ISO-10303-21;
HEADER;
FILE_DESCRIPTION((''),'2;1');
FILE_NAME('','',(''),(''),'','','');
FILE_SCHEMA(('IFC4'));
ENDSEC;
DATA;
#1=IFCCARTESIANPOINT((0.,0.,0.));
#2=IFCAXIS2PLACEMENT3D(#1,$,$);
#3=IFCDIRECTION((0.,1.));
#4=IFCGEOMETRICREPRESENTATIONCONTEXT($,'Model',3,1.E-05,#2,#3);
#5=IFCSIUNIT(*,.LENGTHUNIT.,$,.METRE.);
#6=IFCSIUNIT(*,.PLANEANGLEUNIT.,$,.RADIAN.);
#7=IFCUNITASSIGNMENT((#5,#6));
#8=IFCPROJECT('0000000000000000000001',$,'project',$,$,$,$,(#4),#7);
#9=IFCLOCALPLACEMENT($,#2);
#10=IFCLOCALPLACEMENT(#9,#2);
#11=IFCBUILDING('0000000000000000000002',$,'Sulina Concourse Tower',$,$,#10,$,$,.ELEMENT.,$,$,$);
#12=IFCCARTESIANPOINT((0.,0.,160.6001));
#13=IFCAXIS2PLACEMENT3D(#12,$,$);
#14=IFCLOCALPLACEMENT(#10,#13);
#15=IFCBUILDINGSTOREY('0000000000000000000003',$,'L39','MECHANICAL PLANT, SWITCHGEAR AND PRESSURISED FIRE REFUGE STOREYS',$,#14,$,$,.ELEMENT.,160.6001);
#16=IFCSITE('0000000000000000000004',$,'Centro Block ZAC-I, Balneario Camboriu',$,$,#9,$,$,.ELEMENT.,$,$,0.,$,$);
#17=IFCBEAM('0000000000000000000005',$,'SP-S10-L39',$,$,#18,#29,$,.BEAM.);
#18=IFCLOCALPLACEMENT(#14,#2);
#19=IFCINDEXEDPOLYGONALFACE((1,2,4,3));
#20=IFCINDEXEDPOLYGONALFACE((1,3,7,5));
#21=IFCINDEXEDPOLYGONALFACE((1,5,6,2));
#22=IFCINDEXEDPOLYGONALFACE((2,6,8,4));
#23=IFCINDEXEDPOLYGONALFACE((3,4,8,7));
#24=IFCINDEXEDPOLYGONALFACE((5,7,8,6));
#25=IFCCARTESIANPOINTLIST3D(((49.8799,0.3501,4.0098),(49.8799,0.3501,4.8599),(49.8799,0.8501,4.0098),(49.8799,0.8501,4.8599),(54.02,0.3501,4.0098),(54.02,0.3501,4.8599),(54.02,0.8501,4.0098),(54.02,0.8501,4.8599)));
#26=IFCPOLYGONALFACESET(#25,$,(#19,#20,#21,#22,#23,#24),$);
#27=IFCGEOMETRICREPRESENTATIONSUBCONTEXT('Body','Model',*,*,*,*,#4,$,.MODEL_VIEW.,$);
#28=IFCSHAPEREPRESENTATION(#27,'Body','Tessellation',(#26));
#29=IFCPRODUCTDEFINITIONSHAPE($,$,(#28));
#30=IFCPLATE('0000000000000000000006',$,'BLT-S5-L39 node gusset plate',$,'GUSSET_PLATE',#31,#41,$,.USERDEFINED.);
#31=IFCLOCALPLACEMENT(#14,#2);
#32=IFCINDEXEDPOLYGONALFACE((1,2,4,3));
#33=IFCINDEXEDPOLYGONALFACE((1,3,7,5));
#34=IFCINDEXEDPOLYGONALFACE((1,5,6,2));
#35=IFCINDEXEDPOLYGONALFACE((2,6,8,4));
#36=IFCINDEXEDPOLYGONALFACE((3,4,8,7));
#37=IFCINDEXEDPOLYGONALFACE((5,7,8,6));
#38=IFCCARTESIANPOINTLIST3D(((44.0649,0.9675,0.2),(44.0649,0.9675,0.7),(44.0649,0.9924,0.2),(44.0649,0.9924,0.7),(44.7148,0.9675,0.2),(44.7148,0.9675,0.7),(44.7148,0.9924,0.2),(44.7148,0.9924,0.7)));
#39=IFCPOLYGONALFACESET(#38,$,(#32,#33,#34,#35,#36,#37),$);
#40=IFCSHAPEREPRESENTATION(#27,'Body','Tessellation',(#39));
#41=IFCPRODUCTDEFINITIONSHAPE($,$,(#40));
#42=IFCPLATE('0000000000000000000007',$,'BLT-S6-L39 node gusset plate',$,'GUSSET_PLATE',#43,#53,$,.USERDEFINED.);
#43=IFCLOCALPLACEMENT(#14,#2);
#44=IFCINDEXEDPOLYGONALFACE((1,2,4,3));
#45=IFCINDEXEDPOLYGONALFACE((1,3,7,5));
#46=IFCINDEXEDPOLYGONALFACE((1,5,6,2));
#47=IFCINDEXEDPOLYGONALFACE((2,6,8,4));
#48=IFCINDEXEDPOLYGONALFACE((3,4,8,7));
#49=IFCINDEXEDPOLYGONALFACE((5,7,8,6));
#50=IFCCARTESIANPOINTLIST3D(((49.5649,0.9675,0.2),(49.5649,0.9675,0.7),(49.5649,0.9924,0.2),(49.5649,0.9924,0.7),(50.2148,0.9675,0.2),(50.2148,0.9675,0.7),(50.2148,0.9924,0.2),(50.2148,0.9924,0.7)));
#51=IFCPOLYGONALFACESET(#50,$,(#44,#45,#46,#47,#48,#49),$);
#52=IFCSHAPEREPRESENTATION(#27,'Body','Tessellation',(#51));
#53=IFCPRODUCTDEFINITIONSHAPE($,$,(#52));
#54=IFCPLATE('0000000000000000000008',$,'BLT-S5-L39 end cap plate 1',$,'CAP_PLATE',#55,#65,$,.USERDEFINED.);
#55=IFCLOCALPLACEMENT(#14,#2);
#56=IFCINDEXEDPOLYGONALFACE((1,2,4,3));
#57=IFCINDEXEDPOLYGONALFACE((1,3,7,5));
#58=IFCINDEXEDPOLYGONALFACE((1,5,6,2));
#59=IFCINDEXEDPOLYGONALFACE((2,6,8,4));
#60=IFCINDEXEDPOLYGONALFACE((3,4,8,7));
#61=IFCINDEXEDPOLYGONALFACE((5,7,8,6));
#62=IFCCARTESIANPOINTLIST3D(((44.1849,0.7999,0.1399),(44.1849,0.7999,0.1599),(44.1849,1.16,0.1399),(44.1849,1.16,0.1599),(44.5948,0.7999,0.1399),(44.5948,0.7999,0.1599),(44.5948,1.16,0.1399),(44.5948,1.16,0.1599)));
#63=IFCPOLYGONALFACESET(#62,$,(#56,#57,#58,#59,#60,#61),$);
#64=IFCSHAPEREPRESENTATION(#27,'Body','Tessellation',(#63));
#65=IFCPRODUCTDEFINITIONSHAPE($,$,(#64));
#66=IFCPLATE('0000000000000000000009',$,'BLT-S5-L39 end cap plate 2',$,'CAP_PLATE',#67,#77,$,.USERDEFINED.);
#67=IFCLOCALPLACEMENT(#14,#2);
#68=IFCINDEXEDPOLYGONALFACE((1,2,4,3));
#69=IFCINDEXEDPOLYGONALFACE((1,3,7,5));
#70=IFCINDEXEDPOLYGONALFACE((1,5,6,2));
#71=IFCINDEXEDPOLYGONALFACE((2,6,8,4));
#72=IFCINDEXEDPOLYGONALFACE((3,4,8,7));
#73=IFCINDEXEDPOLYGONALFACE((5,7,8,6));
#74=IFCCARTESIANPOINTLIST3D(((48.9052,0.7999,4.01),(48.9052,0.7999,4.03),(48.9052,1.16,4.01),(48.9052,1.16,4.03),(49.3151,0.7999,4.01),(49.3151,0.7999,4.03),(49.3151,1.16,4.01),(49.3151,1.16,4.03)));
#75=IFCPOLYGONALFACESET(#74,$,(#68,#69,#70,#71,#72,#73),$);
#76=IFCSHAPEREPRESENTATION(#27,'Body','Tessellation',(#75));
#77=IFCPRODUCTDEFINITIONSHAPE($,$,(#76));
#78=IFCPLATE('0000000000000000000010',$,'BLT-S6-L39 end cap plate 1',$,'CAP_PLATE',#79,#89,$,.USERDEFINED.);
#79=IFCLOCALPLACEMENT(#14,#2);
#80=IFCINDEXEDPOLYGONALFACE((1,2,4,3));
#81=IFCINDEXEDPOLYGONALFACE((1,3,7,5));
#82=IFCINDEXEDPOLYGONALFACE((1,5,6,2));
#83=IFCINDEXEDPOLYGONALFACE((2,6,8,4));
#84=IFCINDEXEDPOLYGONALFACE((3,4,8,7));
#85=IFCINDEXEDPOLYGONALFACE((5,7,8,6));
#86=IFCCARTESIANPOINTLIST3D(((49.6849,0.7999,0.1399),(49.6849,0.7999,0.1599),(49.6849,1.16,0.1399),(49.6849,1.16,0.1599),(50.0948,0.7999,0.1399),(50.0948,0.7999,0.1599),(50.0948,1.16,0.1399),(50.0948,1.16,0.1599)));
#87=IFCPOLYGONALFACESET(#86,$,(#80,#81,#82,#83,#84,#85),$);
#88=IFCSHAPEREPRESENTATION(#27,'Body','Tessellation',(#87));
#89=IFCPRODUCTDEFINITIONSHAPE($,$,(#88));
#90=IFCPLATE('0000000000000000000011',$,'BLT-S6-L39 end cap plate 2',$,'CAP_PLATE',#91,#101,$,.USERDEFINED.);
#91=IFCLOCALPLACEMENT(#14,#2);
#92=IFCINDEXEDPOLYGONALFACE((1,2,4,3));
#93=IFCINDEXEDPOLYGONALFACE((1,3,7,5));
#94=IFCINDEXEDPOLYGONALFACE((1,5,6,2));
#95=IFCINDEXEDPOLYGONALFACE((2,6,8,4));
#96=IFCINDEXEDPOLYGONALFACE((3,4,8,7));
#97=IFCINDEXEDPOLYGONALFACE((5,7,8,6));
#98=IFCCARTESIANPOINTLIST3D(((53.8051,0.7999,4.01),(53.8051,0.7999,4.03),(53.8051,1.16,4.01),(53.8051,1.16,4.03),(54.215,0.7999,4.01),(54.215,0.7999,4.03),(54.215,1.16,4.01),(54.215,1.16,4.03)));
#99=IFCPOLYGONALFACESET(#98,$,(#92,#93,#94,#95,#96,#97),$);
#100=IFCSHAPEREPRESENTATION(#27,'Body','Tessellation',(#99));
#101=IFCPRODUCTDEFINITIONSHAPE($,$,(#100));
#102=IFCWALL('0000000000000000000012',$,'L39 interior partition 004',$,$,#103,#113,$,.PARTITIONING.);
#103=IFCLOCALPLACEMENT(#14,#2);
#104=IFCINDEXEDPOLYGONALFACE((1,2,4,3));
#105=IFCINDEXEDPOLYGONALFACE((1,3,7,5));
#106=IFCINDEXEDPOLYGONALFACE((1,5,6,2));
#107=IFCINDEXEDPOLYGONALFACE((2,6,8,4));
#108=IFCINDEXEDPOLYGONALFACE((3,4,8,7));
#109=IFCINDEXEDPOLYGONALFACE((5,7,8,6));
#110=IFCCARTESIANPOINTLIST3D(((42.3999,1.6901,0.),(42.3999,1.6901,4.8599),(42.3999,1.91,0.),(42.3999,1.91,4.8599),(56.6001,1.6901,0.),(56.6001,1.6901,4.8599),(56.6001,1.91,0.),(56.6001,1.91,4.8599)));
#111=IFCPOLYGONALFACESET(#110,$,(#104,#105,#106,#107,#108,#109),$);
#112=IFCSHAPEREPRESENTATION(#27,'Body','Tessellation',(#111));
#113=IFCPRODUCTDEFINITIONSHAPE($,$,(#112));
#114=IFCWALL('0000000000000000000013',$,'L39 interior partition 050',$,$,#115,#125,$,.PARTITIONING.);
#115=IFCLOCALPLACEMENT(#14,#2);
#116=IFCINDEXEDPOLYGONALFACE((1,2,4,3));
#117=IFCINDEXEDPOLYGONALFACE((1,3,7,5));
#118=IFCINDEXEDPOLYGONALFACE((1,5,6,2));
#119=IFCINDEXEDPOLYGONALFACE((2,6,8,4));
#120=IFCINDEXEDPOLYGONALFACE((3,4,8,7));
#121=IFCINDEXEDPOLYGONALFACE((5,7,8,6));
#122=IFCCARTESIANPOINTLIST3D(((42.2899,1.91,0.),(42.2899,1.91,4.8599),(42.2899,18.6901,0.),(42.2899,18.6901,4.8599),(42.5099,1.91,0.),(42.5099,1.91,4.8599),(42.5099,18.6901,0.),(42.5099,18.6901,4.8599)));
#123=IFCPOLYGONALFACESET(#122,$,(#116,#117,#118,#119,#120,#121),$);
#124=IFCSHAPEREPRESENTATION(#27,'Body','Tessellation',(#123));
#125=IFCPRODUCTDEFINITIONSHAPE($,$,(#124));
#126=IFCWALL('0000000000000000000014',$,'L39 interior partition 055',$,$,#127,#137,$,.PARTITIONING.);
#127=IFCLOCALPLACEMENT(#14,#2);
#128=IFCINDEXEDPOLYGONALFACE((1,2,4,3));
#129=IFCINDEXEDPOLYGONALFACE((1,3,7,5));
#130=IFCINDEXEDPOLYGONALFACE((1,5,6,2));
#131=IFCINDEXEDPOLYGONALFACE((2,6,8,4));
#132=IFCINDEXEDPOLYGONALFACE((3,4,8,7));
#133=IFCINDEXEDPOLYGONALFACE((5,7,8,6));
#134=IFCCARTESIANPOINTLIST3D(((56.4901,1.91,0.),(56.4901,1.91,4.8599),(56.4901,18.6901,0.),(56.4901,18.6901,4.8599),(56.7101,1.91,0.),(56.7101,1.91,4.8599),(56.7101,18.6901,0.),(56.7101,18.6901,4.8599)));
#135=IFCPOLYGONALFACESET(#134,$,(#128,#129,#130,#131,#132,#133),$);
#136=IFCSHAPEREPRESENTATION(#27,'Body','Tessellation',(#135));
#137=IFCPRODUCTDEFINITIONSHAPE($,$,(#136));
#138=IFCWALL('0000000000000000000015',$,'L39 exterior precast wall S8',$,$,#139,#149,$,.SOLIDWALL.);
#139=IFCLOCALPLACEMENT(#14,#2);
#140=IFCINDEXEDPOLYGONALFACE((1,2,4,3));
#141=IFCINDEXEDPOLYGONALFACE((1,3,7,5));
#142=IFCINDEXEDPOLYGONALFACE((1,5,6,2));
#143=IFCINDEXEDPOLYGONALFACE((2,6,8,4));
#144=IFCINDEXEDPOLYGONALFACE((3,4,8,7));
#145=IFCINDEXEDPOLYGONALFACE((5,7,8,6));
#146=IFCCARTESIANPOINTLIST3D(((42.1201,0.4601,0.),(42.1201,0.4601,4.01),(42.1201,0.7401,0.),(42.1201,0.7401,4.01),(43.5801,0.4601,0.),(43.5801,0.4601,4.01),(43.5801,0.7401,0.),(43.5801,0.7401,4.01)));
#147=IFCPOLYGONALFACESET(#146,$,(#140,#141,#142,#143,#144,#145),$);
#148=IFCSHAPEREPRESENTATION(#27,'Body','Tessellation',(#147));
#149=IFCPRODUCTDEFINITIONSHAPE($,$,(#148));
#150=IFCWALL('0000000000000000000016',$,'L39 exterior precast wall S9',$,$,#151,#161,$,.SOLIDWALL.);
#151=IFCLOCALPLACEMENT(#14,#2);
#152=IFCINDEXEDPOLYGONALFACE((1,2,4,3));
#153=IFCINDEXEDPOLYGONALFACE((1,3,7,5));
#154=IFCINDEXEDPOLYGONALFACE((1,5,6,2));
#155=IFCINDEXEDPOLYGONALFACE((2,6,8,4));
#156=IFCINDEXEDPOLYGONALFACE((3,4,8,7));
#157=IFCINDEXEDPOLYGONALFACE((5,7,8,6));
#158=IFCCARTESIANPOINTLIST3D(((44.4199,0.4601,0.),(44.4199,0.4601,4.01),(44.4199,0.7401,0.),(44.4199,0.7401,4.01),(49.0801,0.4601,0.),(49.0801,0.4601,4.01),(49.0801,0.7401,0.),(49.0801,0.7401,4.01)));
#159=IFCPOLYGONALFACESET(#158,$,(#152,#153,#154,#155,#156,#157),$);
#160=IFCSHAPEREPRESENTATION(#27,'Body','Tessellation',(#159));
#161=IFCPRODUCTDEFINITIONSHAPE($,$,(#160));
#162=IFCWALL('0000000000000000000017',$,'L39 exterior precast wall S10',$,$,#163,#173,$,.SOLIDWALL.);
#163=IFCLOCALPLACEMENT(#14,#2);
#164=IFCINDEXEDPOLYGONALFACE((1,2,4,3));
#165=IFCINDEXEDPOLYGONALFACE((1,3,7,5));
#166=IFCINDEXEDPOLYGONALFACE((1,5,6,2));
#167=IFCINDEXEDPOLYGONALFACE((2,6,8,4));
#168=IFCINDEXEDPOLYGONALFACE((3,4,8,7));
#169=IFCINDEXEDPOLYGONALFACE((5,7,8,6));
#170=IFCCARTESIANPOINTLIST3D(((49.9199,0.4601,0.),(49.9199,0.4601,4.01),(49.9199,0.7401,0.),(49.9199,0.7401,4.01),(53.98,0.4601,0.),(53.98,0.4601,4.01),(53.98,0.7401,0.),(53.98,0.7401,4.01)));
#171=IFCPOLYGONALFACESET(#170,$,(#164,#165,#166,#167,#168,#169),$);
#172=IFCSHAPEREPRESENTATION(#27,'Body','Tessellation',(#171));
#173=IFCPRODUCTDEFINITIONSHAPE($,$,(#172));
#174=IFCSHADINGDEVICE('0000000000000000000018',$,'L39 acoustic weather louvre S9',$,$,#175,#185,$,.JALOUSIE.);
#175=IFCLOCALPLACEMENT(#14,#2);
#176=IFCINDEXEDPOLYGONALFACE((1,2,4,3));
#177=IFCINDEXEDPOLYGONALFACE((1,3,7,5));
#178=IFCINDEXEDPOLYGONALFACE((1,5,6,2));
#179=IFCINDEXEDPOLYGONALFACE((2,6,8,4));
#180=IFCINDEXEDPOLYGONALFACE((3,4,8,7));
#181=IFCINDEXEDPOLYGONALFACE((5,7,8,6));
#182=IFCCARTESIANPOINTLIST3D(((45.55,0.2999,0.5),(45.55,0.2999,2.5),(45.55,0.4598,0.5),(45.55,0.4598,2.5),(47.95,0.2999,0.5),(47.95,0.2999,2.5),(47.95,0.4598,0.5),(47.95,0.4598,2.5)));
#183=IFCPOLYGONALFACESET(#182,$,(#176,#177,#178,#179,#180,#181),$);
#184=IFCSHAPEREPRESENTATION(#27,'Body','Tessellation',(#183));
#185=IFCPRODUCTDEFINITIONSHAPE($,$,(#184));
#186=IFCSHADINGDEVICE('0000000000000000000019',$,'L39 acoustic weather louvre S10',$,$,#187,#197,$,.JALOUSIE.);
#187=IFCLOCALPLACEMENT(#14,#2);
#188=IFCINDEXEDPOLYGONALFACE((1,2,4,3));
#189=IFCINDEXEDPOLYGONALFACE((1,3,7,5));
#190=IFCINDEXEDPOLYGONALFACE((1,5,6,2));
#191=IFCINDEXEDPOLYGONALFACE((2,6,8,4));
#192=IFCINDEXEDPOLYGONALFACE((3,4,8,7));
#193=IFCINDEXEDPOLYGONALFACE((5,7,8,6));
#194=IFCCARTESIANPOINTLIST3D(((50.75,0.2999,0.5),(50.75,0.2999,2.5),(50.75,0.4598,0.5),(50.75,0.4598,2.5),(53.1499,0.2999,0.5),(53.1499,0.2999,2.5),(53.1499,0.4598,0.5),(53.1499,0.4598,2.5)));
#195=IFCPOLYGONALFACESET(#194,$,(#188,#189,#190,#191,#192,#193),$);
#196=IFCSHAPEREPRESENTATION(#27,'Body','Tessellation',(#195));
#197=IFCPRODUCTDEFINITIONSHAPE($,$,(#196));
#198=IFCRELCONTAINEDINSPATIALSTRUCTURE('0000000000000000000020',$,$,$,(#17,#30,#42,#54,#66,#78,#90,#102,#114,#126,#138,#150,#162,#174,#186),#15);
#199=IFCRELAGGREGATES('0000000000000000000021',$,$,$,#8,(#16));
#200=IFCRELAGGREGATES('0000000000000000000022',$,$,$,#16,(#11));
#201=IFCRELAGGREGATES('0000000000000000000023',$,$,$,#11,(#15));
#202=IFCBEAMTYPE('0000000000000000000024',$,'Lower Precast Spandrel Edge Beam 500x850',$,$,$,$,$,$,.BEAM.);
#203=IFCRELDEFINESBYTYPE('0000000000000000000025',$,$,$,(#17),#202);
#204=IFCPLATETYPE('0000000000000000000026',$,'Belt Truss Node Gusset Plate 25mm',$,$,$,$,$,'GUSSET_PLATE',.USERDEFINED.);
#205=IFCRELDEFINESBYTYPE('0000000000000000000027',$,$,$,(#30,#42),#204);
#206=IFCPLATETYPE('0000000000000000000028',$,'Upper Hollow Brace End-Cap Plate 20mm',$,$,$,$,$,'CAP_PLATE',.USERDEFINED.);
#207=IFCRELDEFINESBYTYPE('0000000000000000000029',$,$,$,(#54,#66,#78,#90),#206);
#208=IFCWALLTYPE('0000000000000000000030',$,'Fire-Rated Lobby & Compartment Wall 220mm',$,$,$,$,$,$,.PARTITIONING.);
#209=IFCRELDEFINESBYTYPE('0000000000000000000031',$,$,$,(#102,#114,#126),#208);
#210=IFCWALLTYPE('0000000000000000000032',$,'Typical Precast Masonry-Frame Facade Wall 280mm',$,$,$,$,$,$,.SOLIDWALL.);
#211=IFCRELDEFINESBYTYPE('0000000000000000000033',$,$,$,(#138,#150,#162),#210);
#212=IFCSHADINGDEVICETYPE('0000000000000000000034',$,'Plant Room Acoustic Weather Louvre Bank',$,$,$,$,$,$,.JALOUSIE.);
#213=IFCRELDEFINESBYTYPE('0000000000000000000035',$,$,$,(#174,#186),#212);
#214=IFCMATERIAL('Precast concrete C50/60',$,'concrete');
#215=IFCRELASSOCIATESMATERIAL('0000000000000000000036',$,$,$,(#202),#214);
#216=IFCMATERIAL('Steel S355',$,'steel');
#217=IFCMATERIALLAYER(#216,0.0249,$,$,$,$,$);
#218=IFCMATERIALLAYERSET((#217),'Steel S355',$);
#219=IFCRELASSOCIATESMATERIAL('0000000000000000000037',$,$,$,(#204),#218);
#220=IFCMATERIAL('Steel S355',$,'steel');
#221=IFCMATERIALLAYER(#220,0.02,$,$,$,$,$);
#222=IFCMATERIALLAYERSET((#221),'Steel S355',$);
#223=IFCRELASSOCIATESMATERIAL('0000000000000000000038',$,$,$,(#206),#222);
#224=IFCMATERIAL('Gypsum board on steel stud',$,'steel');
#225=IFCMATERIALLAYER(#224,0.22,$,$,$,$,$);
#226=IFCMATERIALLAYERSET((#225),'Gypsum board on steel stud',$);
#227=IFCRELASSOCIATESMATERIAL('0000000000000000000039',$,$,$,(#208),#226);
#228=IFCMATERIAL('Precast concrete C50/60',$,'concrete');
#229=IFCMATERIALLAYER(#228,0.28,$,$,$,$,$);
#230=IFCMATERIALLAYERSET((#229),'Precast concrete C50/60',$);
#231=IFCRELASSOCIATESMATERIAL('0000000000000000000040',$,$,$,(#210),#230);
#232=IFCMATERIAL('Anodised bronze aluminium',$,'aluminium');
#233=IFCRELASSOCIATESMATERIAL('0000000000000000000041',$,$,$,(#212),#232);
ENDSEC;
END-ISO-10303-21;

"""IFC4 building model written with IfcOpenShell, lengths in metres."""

from ifc_helpers import new_model, si_unit, direction, frame, frame_2d, origin, origin_2d, place, context, subcontext, project, spatial, rectangle, extrude, material, layer, layer_set, material_profile, profile_set, type_object, element, save


model = new_model("IFC4")

# Units and contexts
model_context = context("Model", 3, precision=1e-05, world=origin(), true_north=direction((0.0, 1.0)))
body_context = subcontext(model_context, "Body", "Model", "MODEL_VIEW")
ifc_project = project(units=[si_unit("LENGTHUNIT", "METRE"), si_unit("PLANEANGLEUNIT", "RADIAN")], contexts=[model_context])

# Site, building, storey
site_placement = place(None, origin())
site = spatial("IfcSite", under=ifc_project, at=site_placement, Name="Centro Block ZAC-I, Balneario Camboriu", CompositionType="ELEMENT", RefElevation=0.0)
building_placement = place(site_placement, origin())
building = spatial("IfcBuilding", under=site, at=building_placement, Name="Sulina Concourse Tower", CompositionType="ELEMENT")
storey_placement = place(building_placement, frame((0.0, 0.0, 160.6001)))
storey = spatial("IfcBuildingStorey", under=building, at=storey_placement, Name="L39", Description="MECHANICAL PLANT, SWITCHGEAR AND PRESSURISED FIRE REFUGE STOREYS", CompositionType="ELEMENT", Elevation=160.6001)

# Beam
ifc_material_1 = material(Name="Precast concrete C50/60", Category="concrete")
ifc_material_profile_1 = material_profile(ifc_material_1, rectangle(XDim=0.5, YDim=0.8501, at=origin_2d()), Name="RC 500x850")
ifc_profile_set_1 = profile_set([ifc_material_profile_1], Name="Precast concrete C50/60")
beam_type_1 = type_object("IfcBeamType", Name="Lower Precast Spandrel Edge Beam 500x850", PredefinedType="BEAM", material=ifc_profile_set_1)
beam_1_placement = place(storey_placement, frame((49.8799, 0.6001, 4.4348), z_axis=(1.0, 0.0, 0.0), x_axis=(0.0, 1.0, 0.0)))
element("IfcBeam", 1, at=beam_1_placement, inside=storey, type_object=beam_type_1, Name="SP-S10-L39", PredefinedType="BEAM", context=body_context, shape_type="SweptSolid", body=[
    extrude(rectangle(XDim=0.5, YDim=0.8501, at=origin_2d()), origin(), (0.0, 0.0, 1.0), 4.1401),
])

# Plates
ifc_material_2 = material(Name="Steel S355", Category="steel")
ifc_layer_1 = layer(ifc_material_2, 0.0249)
ifc_layer_set_1 = layer_set([ifc_layer_1], Name="Steel S355")
plate_type_1 = type_object("IfcPlateType", Name="Belt Truss Node Gusset Plate 25mm", ElementType="GUSSET_PLATE", PredefinedType="USERDEFINED", material=ifc_layer_set_1)
for number, where, z_axis, x_axis, name in (
    (2, (44.3899, 0.98, 0.2), (0.0, 0.0, 1.0), (1.0, 0.0, 0.0), "BLT-S5-L39 node gusset plate"),
    (3, (49.8899, 0.98, 0.2), (0.0, 0.0, 1.0), (1.0, 0.0, 0.0), "BLT-S6-L39 node gusset plate"),
):
    element("IfcPlate", number, at=place(storey_placement, frame(where, z_axis=z_axis, x_axis=x_axis)), inside=storey, type_object=plate_type_1, Name=name, ObjectType="GUSSET_PLATE", PredefinedType="USERDEFINED", context=body_context, shape_type="SweptSolid", body=[
        extrude(rectangle(XDim=0.6499, YDim=0.0249, at=origin_2d()), origin(), (0.0, 0.0, 1.0), 0.5),
    ])
ifc_material_3 = material(Name="Steel S355", Category="steel")
ifc_layer_2 = layer(ifc_material_3, 0.02)
ifc_layer_set_2 = layer_set([ifc_layer_2], Name="Steel S355")
plate_type_2 = type_object("IfcPlateType", Name="Upper Hollow Brace End-Cap Plate 20mm", ElementType="CAP_PLATE", PredefinedType="USERDEFINED", material=ifc_layer_set_2)
for number, where, z_axis, x_axis, name in (
    (4, (44.3899, 0.98, 0.1399), (0.0, 0.0, 1.0), (1.0, 0.0, 0.0), "BLT-S5-L39 end cap plate 1"),
    (5, (49.1101, 0.98, 4.01), (0.0, 0.0, 1.0), (1.0, 0.0, 0.0), "BLT-S5-L39 end cap plate 2"),
    (6, (49.8899, 0.98, 0.1399), (0.0, 0.0, 1.0), (1.0, 0.0, 0.0), "BLT-S6-L39 end cap plate 1"),
    (7, (54.01, 0.98, 4.01), (0.0, 0.0, 1.0), (1.0, 0.0, 0.0), "BLT-S6-L39 end cap plate 2"),
):
    element("IfcPlate", number, at=place(storey_placement, frame(where, z_axis=z_axis, x_axis=x_axis)), inside=storey, type_object=plate_type_2, Name=name, ObjectType="CAP_PLATE", PredefinedType="USERDEFINED", context=body_context, shape_type="SweptSolid", body=[
        extrude(rectangle(XDim=0.4099, YDim=0.3601, at=origin_2d()), origin(), (0.0, 0.0, 1.0), 0.02),
    ])

# Walls
ifc_material_4 = material(Name="Gypsum board on steel stud", Category="steel")
ifc_layer_3 = layer(ifc_material_4, 0.22)
ifc_layer_set_3 = layer_set([ifc_layer_3], Name="Gypsum board on steel stud")
wall_type_1 = type_object("IfcWallType", Name="Fire-Rated Lobby & Compartment Wall 220mm", PredefinedType="PARTITIONING", material=ifc_layer_set_3)
wall_1_placement = place(storey_placement, frame((42.3999, 1.8, 0.0), z_axis=(0.0, 0.0, 1.0), x_axis=(1.0, 0.0, 0.0)))
element("IfcWall", 8, at=wall_1_placement, inside=storey, type_object=wall_type_1, Name="L39 interior partition 004", PredefinedType="PARTITIONING", context=body_context, shape_type="SweptSolid", body=[
    extrude(rectangle(XDim=14.2002, YDim=0.22, at=frame_2d((7.1001, 0.0))), origin(), (0.0, 0.0, 1.0), 4.8599),
])
for number, where, z_axis, x_axis, name in (
    (9, (42.3999, 1.9099, 0.0), (0.0, 0.0, 1.0), (0.0, 1.0, 0.0), "L39 interior partition 050"),
    (10, (56.6001, 1.9099, 0.0), (0.0, 0.0, 1.0), (0.0, 1.0, 0.0), "L39 interior partition 055"),
):
    element("IfcWall", number, at=place(storey_placement, frame(where, z_axis=z_axis, x_axis=x_axis)), inside=storey, type_object=wall_type_1, Name=name, PredefinedType="PARTITIONING", context=body_context, shape_type="SweptSolid", body=[
        extrude(rectangle(XDim=16.78, YDim=0.22, at=frame_2d((8.3901, 0.0))), origin(), (0.0, 0.0, 1.0), 4.8599),
    ])
ifc_material_5 = material(Name="Precast concrete C50/60", Category="concrete")
ifc_layer_4 = layer(ifc_material_5, 0.28)
ifc_layer_set_4 = layer_set([ifc_layer_4], Name="Precast concrete C50/60")
wall_type_2 = type_object("IfcWallType", Name="Typical Precast Masonry-Frame Facade Wall 280mm", PredefinedType="SOLIDWALL", material=ifc_layer_set_4)
wall_2_placement = place(storey_placement, frame((43.5801, 0.6001, 0.0), z_axis=(0.0, 0.0, 1.0), x_axis=(-1.0, 0.0, 0.0)))
element("IfcWall", 11, at=wall_2_placement, inside=storey, type_object=wall_type_2, Name="L39 exterior precast wall S8", PredefinedType="SOLIDWALL", context=body_context, shape_type="SweptSolid", body=[
    extrude(rectangle(XDim=1.46, YDim=0.28, at=frame_2d((0.73, 0.0))), origin(), (0.0, 0.0, 1.0), 4.01),
])
wall_3_placement = place(storey_placement, frame((49.0801, 0.6001, 0.0), z_axis=(0.0, 0.0, 1.0), x_axis=(-1.0, 0.0, 0.0)))
element("IfcWall", 12, at=wall_3_placement, inside=storey, type_object=wall_type_2, Name="L39 exterior precast wall S9", PredefinedType="SOLIDWALL", context=body_context, shape_type="SweptSolid", body=[
    extrude(rectangle(XDim=4.6602, YDim=0.28, at=frame_2d((2.3301, 0.0))), origin(), (0.0, 0.0, 1.0), 4.01),
])
wall_4_placement = place(storey_placement, frame((53.98, 0.6001, 0.0), z_axis=(0.0, 0.0, 1.0), x_axis=(-1.0, 0.0, 0.0)))
element("IfcWall", 13, at=wall_4_placement, inside=storey, type_object=wall_type_2, Name="L39 exterior precast wall S10", PredefinedType="SOLIDWALL", context=body_context, shape_type="SweptSolid", body=[
    extrude(rectangle(XDim=4.0601, YDim=0.28, at=frame_2d((2.03, 0.0))), origin(), (0.0, 0.0, 1.0), 4.01),
])

# Shading devices
ifc_material_6 = material(Name="Anodised bronze aluminium", Category="aluminium")
shading_device_type = type_object("IfcShadingDeviceType", Name="Plant Room Acoustic Weather Louvre Bank", PredefinedType="JALOUSIE", material=ifc_material_6)
for number, where, z_axis, x_axis, name in (
    (14, (46.75, 0.3799, 0.5), (0.0, 0.0, 1.0), (1.0, 0.0, 0.0), "L39 acoustic weather louvre S9"),
    (15, (51.95, 0.3799, 0.5), (0.0, 0.0, 1.0), (1.0, 0.0, 0.0), "L39 acoustic weather louvre S10"),
):
    element("IfcShadingDevice", number, at=place(storey_placement, frame(where, z_axis=z_axis, x_axis=x_axis)), inside=storey, type_object=shading_device_type, Name=name, PredefinedType="JALOUSIE", context=body_context, shape_type="SweptSolid", body=[
        extrude(rectangle(XDim=2.3999, YDim=0.1599, at=origin_2d()), origin(), (0.0, 0.0, 1.0), 2.0),
    ])

save(model, "model.ifc")
